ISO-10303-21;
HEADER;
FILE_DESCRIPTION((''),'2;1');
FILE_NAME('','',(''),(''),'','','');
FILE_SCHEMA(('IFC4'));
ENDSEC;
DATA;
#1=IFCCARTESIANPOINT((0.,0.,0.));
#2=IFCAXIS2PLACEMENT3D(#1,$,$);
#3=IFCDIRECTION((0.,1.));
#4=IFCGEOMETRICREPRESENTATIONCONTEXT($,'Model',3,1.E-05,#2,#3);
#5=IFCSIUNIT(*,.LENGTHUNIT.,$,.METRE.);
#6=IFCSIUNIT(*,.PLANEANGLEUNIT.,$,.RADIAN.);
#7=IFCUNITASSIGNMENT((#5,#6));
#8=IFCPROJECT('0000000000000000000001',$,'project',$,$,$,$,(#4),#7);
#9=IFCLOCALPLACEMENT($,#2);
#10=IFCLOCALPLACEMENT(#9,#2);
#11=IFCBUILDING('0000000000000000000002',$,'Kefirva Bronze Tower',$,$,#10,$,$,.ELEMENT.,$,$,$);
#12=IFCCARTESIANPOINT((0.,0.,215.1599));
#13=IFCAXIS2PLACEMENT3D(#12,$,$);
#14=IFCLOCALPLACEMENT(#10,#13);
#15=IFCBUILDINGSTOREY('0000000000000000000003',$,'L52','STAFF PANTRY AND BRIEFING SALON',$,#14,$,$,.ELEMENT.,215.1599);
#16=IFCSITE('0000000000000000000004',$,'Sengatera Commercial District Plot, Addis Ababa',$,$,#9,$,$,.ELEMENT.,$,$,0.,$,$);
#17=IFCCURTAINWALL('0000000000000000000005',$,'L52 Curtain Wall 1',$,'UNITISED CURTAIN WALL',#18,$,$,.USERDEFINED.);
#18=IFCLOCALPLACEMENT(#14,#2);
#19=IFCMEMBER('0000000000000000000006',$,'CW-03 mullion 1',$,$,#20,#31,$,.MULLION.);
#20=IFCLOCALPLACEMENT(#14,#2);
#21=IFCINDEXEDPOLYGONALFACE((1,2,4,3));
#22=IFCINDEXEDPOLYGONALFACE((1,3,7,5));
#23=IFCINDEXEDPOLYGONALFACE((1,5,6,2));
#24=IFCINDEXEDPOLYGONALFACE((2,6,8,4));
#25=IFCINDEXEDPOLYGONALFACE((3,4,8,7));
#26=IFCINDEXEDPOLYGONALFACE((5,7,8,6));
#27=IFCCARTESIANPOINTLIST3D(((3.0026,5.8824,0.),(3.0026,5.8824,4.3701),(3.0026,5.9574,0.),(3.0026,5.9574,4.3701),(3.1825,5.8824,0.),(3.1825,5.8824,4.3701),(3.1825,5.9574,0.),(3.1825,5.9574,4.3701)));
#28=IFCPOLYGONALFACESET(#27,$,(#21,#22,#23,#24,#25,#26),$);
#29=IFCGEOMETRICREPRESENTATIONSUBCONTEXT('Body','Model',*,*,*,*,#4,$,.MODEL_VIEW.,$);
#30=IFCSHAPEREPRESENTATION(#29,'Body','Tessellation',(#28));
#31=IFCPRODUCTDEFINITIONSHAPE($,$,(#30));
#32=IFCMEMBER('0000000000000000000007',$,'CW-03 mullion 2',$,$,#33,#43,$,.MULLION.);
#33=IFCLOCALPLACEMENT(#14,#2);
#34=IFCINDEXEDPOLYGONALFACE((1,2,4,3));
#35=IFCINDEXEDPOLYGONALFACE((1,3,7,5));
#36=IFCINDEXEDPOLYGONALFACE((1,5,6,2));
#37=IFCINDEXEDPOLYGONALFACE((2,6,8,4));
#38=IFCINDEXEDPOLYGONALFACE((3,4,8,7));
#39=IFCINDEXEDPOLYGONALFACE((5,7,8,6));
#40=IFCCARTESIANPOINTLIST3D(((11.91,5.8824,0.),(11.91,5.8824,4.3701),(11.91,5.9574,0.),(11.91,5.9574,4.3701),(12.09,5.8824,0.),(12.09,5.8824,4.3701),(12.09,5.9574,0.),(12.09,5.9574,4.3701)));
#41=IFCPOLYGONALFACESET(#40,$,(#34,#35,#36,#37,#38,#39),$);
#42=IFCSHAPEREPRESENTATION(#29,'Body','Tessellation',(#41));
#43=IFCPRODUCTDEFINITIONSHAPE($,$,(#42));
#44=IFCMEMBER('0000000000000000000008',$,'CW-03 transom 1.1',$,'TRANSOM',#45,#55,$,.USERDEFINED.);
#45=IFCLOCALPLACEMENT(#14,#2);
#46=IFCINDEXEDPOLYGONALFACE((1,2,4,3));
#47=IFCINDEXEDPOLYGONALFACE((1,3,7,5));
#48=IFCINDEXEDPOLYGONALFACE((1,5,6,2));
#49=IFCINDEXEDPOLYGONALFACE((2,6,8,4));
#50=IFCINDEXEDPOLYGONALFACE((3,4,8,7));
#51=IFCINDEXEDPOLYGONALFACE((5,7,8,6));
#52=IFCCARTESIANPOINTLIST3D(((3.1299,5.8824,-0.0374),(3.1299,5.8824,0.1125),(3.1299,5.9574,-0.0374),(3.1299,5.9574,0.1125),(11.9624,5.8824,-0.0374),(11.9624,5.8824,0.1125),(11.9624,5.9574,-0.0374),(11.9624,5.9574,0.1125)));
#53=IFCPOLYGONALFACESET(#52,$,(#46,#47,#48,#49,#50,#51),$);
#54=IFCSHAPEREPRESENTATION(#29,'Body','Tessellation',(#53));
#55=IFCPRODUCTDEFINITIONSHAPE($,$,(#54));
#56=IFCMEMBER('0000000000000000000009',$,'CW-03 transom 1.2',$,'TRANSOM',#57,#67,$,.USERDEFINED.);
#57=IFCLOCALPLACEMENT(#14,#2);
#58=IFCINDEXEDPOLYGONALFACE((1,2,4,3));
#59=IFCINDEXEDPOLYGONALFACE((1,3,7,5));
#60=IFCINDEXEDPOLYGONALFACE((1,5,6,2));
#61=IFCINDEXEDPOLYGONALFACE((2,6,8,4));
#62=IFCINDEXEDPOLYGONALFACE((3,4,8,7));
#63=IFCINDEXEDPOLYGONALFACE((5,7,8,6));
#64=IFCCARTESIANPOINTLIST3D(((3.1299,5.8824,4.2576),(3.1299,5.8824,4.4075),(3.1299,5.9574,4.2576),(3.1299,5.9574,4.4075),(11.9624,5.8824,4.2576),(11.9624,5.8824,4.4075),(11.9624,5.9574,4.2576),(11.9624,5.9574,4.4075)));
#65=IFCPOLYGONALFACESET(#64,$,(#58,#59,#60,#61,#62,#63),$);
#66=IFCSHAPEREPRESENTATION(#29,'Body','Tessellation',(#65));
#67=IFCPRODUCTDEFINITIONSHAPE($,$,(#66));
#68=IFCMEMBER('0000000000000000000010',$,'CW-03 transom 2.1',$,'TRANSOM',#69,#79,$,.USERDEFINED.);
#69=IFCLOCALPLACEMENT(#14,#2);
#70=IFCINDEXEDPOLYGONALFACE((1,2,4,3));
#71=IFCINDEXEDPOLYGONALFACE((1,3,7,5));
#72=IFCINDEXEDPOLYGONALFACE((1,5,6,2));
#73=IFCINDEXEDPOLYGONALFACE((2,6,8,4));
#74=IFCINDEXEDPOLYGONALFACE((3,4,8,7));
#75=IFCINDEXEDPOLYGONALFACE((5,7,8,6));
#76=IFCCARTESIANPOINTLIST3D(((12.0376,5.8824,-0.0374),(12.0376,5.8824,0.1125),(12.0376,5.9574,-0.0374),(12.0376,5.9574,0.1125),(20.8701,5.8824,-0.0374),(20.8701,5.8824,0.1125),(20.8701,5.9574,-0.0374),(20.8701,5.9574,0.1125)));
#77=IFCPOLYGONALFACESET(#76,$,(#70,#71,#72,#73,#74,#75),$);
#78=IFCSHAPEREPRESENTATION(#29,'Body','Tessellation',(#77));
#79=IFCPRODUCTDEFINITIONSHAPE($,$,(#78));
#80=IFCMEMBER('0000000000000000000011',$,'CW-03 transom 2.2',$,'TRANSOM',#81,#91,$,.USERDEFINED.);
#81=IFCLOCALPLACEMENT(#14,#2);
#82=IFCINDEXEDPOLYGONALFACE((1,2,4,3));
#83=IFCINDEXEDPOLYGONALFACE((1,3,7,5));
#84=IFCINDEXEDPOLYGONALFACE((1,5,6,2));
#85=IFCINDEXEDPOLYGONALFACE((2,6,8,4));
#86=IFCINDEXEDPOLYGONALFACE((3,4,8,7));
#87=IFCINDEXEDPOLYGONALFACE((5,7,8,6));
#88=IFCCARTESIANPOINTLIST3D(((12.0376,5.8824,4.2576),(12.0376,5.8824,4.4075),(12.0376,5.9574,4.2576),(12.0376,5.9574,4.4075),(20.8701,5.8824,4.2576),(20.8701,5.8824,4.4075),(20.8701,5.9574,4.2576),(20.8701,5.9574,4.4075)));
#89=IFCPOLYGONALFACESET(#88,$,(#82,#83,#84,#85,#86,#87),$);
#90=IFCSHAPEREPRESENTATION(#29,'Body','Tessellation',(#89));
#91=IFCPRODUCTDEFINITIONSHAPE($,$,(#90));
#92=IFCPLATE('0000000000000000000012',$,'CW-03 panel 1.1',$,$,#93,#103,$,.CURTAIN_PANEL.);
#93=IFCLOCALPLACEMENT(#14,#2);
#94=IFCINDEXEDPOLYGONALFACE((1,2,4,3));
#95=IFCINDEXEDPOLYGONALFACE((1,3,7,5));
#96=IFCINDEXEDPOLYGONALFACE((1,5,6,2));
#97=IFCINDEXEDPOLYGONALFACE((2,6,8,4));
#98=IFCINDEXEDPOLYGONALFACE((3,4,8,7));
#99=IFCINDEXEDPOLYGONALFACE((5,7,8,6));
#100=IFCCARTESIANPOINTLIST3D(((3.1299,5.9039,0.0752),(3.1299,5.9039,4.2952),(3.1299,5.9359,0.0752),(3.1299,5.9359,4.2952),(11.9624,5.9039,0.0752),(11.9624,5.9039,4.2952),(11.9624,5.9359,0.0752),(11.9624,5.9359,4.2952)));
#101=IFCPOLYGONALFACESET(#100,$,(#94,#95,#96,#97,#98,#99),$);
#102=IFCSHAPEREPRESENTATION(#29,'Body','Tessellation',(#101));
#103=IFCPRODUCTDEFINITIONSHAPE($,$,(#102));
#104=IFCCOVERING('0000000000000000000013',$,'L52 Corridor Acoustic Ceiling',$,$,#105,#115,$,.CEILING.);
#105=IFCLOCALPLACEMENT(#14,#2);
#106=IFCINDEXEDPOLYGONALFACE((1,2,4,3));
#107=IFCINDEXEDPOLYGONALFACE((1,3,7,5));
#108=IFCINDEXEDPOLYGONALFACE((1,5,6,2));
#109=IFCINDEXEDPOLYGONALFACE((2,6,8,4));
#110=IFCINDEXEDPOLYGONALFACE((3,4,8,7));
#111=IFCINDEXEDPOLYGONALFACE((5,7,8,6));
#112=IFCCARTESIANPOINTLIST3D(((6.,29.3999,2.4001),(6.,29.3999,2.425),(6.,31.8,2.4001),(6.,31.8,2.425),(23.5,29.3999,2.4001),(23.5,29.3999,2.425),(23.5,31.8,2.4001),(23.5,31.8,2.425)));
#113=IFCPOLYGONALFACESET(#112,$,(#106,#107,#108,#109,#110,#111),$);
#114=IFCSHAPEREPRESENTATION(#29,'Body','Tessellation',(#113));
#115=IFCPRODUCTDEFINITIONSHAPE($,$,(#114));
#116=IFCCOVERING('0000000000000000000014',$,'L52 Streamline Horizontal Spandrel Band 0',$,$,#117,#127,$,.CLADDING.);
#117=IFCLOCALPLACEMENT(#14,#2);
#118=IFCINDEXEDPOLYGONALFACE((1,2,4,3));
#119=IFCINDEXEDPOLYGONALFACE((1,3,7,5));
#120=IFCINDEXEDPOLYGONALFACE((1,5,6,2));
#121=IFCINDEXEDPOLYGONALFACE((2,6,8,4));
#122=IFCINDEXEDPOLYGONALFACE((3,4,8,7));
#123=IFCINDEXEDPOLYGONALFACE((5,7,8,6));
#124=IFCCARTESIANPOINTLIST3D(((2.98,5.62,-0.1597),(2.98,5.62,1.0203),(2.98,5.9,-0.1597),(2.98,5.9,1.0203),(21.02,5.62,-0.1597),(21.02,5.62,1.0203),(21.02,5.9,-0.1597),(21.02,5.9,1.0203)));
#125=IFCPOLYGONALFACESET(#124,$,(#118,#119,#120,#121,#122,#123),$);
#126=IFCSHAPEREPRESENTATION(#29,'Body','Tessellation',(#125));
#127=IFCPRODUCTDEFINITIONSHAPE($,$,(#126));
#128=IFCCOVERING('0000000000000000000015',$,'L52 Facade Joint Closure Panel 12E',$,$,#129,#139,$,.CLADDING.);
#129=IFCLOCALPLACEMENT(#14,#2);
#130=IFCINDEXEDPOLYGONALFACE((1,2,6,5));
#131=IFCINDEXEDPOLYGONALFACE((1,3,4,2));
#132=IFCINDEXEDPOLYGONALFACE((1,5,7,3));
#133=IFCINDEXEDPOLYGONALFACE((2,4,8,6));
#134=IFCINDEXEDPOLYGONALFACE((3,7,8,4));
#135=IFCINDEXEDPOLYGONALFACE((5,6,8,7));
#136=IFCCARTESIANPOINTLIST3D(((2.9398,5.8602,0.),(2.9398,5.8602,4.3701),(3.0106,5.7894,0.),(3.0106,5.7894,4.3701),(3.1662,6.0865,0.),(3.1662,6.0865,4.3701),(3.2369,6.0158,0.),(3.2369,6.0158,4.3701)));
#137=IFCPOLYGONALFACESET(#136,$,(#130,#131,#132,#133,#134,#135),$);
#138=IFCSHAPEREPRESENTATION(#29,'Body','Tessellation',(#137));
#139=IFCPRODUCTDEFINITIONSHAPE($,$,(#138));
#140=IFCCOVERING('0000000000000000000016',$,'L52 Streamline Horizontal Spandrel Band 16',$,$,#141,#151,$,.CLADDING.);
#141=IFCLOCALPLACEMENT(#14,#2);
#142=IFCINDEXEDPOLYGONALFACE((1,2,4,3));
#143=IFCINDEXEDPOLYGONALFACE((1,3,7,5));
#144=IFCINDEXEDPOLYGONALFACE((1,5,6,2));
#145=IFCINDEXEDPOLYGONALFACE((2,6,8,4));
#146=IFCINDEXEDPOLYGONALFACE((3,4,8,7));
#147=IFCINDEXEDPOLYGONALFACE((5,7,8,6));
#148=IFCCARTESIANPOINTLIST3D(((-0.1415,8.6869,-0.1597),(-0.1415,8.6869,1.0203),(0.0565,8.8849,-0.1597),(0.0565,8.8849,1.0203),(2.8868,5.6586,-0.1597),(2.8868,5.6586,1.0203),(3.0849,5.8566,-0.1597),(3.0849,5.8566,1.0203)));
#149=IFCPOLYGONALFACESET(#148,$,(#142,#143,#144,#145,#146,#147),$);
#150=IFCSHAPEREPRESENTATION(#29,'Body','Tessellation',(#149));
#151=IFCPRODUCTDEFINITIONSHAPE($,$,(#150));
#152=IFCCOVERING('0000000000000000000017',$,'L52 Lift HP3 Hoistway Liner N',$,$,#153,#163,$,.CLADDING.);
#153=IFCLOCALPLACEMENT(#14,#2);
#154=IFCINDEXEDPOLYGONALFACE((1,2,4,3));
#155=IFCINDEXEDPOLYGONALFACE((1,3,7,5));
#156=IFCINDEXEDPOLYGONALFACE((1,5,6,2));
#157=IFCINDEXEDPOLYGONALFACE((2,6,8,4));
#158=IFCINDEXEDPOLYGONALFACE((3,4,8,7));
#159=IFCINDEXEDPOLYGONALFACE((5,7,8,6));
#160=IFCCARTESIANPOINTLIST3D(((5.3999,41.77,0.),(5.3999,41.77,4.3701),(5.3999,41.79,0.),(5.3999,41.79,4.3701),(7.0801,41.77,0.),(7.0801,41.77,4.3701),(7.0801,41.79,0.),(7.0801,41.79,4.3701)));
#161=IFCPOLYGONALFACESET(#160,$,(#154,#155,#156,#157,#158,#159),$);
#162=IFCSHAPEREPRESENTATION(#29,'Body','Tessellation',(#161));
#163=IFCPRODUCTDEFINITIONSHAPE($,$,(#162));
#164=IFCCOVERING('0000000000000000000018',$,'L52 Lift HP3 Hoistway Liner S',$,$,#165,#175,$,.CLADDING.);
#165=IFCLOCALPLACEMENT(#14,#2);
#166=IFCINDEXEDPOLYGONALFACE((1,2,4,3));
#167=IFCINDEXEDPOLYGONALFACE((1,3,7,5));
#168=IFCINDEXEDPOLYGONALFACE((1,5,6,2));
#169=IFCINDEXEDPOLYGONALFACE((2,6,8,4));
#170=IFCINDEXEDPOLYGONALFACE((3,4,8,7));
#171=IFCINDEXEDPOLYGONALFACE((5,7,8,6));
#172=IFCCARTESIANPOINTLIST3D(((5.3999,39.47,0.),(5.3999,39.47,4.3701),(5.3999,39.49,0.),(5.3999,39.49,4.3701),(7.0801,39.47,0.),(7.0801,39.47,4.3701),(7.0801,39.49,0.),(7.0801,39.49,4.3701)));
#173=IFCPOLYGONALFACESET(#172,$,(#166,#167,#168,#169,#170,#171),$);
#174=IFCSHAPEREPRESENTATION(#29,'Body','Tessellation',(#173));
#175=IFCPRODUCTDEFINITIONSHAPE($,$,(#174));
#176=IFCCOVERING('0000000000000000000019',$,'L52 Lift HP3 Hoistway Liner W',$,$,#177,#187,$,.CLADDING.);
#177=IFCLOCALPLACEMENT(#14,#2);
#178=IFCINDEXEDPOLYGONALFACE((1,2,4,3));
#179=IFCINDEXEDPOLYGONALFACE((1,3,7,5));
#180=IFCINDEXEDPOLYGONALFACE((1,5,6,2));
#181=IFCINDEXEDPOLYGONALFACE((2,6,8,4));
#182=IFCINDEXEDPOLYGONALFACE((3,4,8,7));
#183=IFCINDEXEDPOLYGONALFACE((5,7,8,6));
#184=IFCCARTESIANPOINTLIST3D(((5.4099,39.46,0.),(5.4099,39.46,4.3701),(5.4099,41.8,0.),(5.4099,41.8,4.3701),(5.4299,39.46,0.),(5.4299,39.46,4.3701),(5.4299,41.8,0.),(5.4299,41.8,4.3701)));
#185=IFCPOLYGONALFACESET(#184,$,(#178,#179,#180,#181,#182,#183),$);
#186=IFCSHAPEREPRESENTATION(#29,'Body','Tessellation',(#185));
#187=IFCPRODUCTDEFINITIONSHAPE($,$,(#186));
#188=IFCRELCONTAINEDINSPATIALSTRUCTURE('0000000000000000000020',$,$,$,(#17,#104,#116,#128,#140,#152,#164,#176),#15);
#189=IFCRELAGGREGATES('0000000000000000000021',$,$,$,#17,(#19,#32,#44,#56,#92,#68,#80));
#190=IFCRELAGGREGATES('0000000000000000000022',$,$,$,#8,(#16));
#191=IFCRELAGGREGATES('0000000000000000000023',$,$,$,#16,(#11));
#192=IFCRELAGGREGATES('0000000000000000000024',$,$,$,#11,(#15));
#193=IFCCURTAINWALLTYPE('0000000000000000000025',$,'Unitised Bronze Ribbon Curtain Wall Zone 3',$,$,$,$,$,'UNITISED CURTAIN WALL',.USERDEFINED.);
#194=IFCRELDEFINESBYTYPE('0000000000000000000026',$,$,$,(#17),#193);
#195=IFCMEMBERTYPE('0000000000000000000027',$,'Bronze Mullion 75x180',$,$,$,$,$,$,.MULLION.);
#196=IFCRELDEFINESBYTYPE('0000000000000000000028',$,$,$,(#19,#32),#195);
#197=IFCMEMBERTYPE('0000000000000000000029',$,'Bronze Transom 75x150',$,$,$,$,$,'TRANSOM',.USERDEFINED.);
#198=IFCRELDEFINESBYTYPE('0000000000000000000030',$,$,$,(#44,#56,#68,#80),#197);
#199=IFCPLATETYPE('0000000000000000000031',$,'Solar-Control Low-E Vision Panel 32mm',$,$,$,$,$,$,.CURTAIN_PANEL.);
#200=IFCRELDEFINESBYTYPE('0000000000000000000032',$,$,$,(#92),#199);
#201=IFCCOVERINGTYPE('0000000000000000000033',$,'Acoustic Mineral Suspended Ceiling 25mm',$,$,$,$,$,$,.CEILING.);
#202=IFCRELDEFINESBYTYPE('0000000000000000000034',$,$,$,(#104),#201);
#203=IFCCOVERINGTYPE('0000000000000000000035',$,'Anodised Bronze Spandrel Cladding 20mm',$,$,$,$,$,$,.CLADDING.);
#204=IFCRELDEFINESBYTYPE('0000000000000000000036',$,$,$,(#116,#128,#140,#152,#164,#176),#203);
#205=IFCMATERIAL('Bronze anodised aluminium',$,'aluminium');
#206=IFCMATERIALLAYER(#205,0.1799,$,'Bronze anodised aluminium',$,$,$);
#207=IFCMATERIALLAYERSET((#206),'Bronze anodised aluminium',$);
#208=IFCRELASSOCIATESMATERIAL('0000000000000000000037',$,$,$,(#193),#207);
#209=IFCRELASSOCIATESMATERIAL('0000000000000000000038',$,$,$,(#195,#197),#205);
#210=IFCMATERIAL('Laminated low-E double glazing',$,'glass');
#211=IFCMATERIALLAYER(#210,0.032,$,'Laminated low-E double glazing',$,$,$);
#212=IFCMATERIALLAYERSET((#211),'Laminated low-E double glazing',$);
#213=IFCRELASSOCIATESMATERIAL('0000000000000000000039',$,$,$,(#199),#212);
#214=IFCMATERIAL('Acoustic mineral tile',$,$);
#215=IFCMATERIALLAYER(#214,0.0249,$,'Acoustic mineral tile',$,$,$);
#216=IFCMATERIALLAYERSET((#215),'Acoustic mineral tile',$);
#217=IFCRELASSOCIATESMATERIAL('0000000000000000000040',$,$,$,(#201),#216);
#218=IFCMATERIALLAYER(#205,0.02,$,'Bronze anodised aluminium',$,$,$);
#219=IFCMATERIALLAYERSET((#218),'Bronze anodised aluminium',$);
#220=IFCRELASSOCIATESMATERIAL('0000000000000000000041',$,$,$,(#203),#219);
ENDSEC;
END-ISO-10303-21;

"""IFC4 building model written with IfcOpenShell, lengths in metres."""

from ifc_helpers import new_model, si_unit, direction, frame, origin, origin_2d, place, context, subcontext, project, spatial, polyline, rectangle, outline, extrude, material, layer, layer_set, material_profile, profile_set, type_object, element, aggregate, save


model = new_model("IFC4")

# Units and contexts
model_context = context("Model", 3, precision=1e-05, world=origin(), true_north=direction((0.0, 1.0)))
body_context = subcontext(model_context, "Body", "Model", "MODEL_VIEW")
ifc_project = project(units=[si_unit("LENGTHUNIT", "METRE"), si_unit("PLANEANGLEUNIT", "RADIAN")], contexts=[model_context])

# Site, building, storey
site_placement = place(None, origin())
site = spatial("IfcSite", under=ifc_project, at=site_placement, Name="Sengatera Commercial District Plot, Addis Ababa", CompositionType="ELEMENT", RefElevation=0.0)
building_placement = place(site_placement, origin())
building = spatial("IfcBuilding", under=site, at=building_placement, Name="Kefirva Bronze Tower", CompositionType="ELEMENT")
storey_placement = place(building_placement, frame((0.0, 0.0, 215.1599)))
storey = spatial("IfcBuildingStorey", under=building, at=storey_placement, Name="L52", Description="STAFF PANTRY AND BRIEFING SALON", CompositionType="ELEMENT", Elevation=215.1599)

# Curtain wall, members, plate
ifc_material_1 = material(Name="Bronze anodised aluminium", Category="aluminium")
ifc_layer_1 = layer(ifc_material_1, 0.1799, Name="Bronze anodised aluminium")
ifc_layer_set_1 = layer_set([ifc_layer_1], Name="Bronze anodised aluminium")
curtain_wall_type = type_object("IfcCurtainWallType", Name="Unitised Bronze Ribbon Curtain Wall Zone 3", ElementType="UNITISED CURTAIN WALL", PredefinedType="USERDEFINED", material=ifc_layer_set_1)
curtain_wall_placement = place(storey_placement, origin())
curtain_wall = element("IfcCurtainWall", 1, at=curtain_wall_placement, inside=storey, type_object=curtain_wall_type, Name="L52 Curtain Wall 1", ObjectType="UNITISED CURTAIN WALL", PredefinedType="USERDEFINED")
ifc_material_profile_1 = material_profile(ifc_material_1, rectangle(XDim=0.075, YDim=0.1799, at=origin_2d()), Name="ALU 75x180")
ifc_profile_set_1 = profile_set([ifc_material_profile_1], Name="Bronze anodised aluminium")
member_type_1 = type_object("IfcMemberType", Name="Bronze Mullion 75x180", PredefinedType="MULLION", material=ifc_profile_set_1)
member_1_placement = place(storey_placement, frame((3.0925, 5.9199, 0.0), z_axis=(0.0, 0.0, 1.0), x_axis=(0.0, 1.0, 0.0)))
member_1 = element("IfcMember", 2, at=member_1_placement, type_object=member_type_1, Name="CW-03 mullion 1", PredefinedType="MULLION", context=body_context, shape_type="SweptSolid", body=[
    extrude(rectangle(XDim=0.075, YDim=0.1799, at=origin_2d()), origin(), (0.0, 0.0, 1.0), 4.3701),
])
member_2_placement = place(storey_placement, frame((12.0, 5.9199, 0.0), z_axis=(0.0, 0.0, 1.0), x_axis=(0.0, 1.0, 0.0)))
member_2 = element("IfcMember", 3, at=member_2_placement, type_object=member_type_1, Name="CW-03 mullion 2", PredefinedType="MULLION", context=body_context, shape_type="SweptSolid", body=[
    extrude(rectangle(XDim=0.075, YDim=0.1799, at=origin_2d()), origin(), (0.0, 0.0, 1.0), 4.3701),
])
ifc_material_profile_2 = material_profile(ifc_material_1, rectangle(XDim=0.075, YDim=0.1499, at=origin_2d()), Name="ALU 75x150")
ifc_profile_set_2 = profile_set([ifc_material_profile_2], Name="Bronze anodised aluminium")
member_type_2 = type_object("IfcMemberType", Name="Bronze Transom 75x150", ElementType="TRANSOM", PredefinedType="USERDEFINED", material=ifc_profile_set_2)
member_3_placement = place(storey_placement, frame((3.1299, 5.9199, 0.0376), z_axis=(1.0, 0.0, 0.0), x_axis=(0.0, 1.0, 0.0)))
member_3 = element("IfcMember", 4, at=member_3_placement, type_object=member_type_2, Name="CW-03 transom 1.1", ObjectType="TRANSOM", PredefinedType="USERDEFINED", context=body_context, shape_type="SweptSolid", body=[
    extrude(rectangle(XDim=0.075, YDim=0.1499, at=origin_2d()), origin(), (0.0, 0.0, 1.0), 8.8325),
])
member_4_placement = place(storey_placement, frame((3.1299, 5.9199, 4.3325), z_axis=(1.0, 0.0, 0.0), x_axis=(0.0, 1.0, 0.0)))
member_4 = element("IfcMember", 5, at=member_4_placement, type_object=member_type_2, Name="CW-03 transom 1.2", ObjectType="TRANSOM", PredefinedType="USERDEFINED", context=body_context, shape_type="SweptSolid", body=[
    extrude(rectangle(XDim=0.075, YDim=0.1499, at=origin_2d()), origin(), (0.0, 0.0, 1.0), 8.8325),
])
member_5_placement = place(storey_placement, frame((12.0376, 5.9199, 0.0376), z_axis=(1.0, 0.0, 0.0), x_axis=(0.0, 1.0, 0.0)))
member_5 = element("IfcMember", 6, at=member_5_placement, type_object=member_type_2, Name="CW-03 transom 2.1", ObjectType="TRANSOM", PredefinedType="USERDEFINED", context=body_context, shape_type="SweptSolid", body=[
    extrude(rectangle(XDim=0.075, YDim=0.1499, at=origin_2d()), origin(), (0.0, 0.0, 1.0), 8.8325),
])
member_6_placement = place(storey_placement, frame((12.0376, 5.9199, 4.3325), z_axis=(1.0, 0.0, 0.0), x_axis=(0.0, 1.0, 0.0)))
member_6 = element("IfcMember", 7, at=member_6_placement, type_object=member_type_2, Name="CW-03 transom 2.2", ObjectType="TRANSOM", PredefinedType="USERDEFINED", context=body_context, shape_type="SweptSolid", body=[
    extrude(rectangle(XDim=0.075, YDim=0.1499, at=origin_2d()), origin(), (0.0, 0.0, 1.0), 8.8325),
])
ifc_material_2 = material(Name="Laminated low-E double glazing", Category="glass")
ifc_layer_2 = layer(ifc_material_2, 0.032, Name="Laminated low-E double glazing")
ifc_layer_set_2 = layer_set([ifc_layer_2], Name="Laminated low-E double glazing")
plate_type = type_object("IfcPlateType", Name="Solar-Control Low-E Vision Panel 32mm", PredefinedType="CURTAIN_PANEL", material=ifc_layer_set_2)
plate_placement = place(storey_placement, frame((7.5461, 5.9199, 0.0752), z_axis=(0.0, 0.0, 1.0), x_axis=(1.0, 0.0, 0.0)))
plate = element("IfcPlate", 8, at=plate_placement, type_object=plate_type, Name="CW-03 panel 1.1", PredefinedType="CURTAIN_PANEL", context=body_context, shape_type="SweptSolid", body=[
    extrude(rectangle(XDim=8.8325, YDim=0.032, at=origin_2d()), origin(), (0.0, 0.0, 1.0), 4.22),
])
aggregate(curtain_wall, [member_1, member_2, member_3, member_4, plate, member_5, member_6])

# Coverings
ifc_material_3 = material(Name="Acoustic mineral tile")
ifc_layer_3 = layer(ifc_material_3, 0.0249, Name="Acoustic mineral tile")
ifc_layer_set_3 = layer_set([ifc_layer_3], Name="Acoustic mineral tile")
covering_type_1 = type_object("IfcCoveringType", Name="Acoustic Mineral Suspended Ceiling 25mm", PredefinedType="CEILING", material=ifc_layer_set_3)
covering_1_placement = place(storey_placement, frame((0.0, 0.0, 2.4001)))
element("IfcCovering", 9, at=covering_1_placement, inside=storey, type_object=covering_type_1, Name="L52 Corridor Acoustic Ceiling", PredefinedType="CEILING", context=body_context, shape_type="SweptSolid", body=[
    extrude(outline(polyline([(6.0, 29.3999), (23.5, 29.3999), (23.5, 31.8), (6.0, 31.8), (6.0, 29.3999)])), origin(), (0.0, 0.0, 1.0), 0.0249),
])
ifc_layer_4 = layer(ifc_material_1, 0.02, Name="Bronze anodised aluminium")
ifc_layer_set_4 = layer_set([ifc_layer_4], Name="Bronze anodised aluminium")
covering_type_2 = type_object("IfcCoveringType", Name="Anodised Bronze Spandrel Cladding 20mm", PredefinedType="CLADDING", material=ifc_layer_set_4)
covering_2_placement = place(storey_placement, frame((12.0, 5.76, -0.1597), z_axis=(0.0, 0.0, 1.0), x_axis=(1.0, 0.0, 0.0)))
element("IfcCovering", 10, at=covering_2_placement, inside=storey, type_object=covering_type_2, Name="L52 Streamline Horizontal Spandrel Band 0", PredefinedType="CLADDING", context=body_context, shape_type="SweptSolid", body=[
    extrude(rectangle(XDim=18.04, YDim=0.28, at=origin_2d()), origin(), (0.0, 0.0, 1.0), 1.1799),
])
covering_3_placement = place(storey_placement, frame((3.0884, 5.938, 0.0), z_axis=(0.0, 0.0, 1.0), x_axis=(0.707107, -0.707107, 0.0)))
element("IfcCovering", 11, at=covering_3_placement, inside=storey, type_object=covering_type_2, Name="L52 Facade Joint Closure Panel 12E", PredefinedType="CLADDING", context=body_context, shape_type="SweptSolid", body=[
    extrude(rectangle(XDim=0.1001, YDim=0.3201, at=origin_2d()), origin(), (0.0, 0.0, 1.0), 4.3701),
])
covering_4_placement = place(storey_placement, frame((1.4717, 7.2717, -0.1597), z_axis=(0.0, 0.0, 1.0), x_axis=(0.707107, -0.707107, 0.0)))
element("IfcCovering", 12, at=covering_4_placement, inside=storey, type_object=covering_type_2, Name="L52 Streamline Horizontal Spandrel Band 16", PredefinedType="CLADDING", context=body_context, shape_type="SweptSolid", body=[
    extrude(rectangle(XDim=4.2827, YDim=0.28, at=origin_2d()), origin(), (0.0, 0.0, 1.0), 1.1799),
])
covering_5_placement = place(storey_placement, origin())
element("IfcCovering", 13, at=covering_5_placement, inside=storey, type_object=covering_type_2, Name="L52 Lift HP3 Hoistway Liner N", PredefinedType="CLADDING", context=body_context, shape_type="SweptSolid", body=[
    extrude(outline(polyline([(5.3999, 41.77), (7.0801, 41.77), (7.0801, 41.79), (5.3999, 41.79), (5.3999, 41.77)])), origin(), (0.0, 0.0, 1.0), 4.3701),
])
covering_6_placement = place(storey_placement, origin())
element("IfcCovering", 14, at=covering_6_placement, inside=storey, type_object=covering_type_2, Name="L52 Lift HP3 Hoistway Liner S", PredefinedType="CLADDING", context=body_context, shape_type="SweptSolid", body=[
    extrude(outline(polyline([(5.3999, 39.47), (7.0801, 39.47), (7.0801, 39.49), (5.3999, 39.49), (5.3999, 39.47)])), origin(), (0.0, 0.0, 1.0), 4.3701),
])
covering_7_placement = place(storey_placement, origin())
element("IfcCovering", 15, at=covering_7_placement, inside=storey, type_object=covering_type_2, Name="L52 Lift HP3 Hoistway Liner W", PredefinedType="CLADDING", context=body_context, shape_type="SweptSolid", body=[
    extrude(outline(polyline([(5.4099, 39.46), (5.4299, 39.46), (5.4299, 41.8), (5.4099, 41.8), (5.4099, 39.46)])), origin(), (0.0, 0.0, 1.0), 4.3701),
])

save(model, "model.ifc")
